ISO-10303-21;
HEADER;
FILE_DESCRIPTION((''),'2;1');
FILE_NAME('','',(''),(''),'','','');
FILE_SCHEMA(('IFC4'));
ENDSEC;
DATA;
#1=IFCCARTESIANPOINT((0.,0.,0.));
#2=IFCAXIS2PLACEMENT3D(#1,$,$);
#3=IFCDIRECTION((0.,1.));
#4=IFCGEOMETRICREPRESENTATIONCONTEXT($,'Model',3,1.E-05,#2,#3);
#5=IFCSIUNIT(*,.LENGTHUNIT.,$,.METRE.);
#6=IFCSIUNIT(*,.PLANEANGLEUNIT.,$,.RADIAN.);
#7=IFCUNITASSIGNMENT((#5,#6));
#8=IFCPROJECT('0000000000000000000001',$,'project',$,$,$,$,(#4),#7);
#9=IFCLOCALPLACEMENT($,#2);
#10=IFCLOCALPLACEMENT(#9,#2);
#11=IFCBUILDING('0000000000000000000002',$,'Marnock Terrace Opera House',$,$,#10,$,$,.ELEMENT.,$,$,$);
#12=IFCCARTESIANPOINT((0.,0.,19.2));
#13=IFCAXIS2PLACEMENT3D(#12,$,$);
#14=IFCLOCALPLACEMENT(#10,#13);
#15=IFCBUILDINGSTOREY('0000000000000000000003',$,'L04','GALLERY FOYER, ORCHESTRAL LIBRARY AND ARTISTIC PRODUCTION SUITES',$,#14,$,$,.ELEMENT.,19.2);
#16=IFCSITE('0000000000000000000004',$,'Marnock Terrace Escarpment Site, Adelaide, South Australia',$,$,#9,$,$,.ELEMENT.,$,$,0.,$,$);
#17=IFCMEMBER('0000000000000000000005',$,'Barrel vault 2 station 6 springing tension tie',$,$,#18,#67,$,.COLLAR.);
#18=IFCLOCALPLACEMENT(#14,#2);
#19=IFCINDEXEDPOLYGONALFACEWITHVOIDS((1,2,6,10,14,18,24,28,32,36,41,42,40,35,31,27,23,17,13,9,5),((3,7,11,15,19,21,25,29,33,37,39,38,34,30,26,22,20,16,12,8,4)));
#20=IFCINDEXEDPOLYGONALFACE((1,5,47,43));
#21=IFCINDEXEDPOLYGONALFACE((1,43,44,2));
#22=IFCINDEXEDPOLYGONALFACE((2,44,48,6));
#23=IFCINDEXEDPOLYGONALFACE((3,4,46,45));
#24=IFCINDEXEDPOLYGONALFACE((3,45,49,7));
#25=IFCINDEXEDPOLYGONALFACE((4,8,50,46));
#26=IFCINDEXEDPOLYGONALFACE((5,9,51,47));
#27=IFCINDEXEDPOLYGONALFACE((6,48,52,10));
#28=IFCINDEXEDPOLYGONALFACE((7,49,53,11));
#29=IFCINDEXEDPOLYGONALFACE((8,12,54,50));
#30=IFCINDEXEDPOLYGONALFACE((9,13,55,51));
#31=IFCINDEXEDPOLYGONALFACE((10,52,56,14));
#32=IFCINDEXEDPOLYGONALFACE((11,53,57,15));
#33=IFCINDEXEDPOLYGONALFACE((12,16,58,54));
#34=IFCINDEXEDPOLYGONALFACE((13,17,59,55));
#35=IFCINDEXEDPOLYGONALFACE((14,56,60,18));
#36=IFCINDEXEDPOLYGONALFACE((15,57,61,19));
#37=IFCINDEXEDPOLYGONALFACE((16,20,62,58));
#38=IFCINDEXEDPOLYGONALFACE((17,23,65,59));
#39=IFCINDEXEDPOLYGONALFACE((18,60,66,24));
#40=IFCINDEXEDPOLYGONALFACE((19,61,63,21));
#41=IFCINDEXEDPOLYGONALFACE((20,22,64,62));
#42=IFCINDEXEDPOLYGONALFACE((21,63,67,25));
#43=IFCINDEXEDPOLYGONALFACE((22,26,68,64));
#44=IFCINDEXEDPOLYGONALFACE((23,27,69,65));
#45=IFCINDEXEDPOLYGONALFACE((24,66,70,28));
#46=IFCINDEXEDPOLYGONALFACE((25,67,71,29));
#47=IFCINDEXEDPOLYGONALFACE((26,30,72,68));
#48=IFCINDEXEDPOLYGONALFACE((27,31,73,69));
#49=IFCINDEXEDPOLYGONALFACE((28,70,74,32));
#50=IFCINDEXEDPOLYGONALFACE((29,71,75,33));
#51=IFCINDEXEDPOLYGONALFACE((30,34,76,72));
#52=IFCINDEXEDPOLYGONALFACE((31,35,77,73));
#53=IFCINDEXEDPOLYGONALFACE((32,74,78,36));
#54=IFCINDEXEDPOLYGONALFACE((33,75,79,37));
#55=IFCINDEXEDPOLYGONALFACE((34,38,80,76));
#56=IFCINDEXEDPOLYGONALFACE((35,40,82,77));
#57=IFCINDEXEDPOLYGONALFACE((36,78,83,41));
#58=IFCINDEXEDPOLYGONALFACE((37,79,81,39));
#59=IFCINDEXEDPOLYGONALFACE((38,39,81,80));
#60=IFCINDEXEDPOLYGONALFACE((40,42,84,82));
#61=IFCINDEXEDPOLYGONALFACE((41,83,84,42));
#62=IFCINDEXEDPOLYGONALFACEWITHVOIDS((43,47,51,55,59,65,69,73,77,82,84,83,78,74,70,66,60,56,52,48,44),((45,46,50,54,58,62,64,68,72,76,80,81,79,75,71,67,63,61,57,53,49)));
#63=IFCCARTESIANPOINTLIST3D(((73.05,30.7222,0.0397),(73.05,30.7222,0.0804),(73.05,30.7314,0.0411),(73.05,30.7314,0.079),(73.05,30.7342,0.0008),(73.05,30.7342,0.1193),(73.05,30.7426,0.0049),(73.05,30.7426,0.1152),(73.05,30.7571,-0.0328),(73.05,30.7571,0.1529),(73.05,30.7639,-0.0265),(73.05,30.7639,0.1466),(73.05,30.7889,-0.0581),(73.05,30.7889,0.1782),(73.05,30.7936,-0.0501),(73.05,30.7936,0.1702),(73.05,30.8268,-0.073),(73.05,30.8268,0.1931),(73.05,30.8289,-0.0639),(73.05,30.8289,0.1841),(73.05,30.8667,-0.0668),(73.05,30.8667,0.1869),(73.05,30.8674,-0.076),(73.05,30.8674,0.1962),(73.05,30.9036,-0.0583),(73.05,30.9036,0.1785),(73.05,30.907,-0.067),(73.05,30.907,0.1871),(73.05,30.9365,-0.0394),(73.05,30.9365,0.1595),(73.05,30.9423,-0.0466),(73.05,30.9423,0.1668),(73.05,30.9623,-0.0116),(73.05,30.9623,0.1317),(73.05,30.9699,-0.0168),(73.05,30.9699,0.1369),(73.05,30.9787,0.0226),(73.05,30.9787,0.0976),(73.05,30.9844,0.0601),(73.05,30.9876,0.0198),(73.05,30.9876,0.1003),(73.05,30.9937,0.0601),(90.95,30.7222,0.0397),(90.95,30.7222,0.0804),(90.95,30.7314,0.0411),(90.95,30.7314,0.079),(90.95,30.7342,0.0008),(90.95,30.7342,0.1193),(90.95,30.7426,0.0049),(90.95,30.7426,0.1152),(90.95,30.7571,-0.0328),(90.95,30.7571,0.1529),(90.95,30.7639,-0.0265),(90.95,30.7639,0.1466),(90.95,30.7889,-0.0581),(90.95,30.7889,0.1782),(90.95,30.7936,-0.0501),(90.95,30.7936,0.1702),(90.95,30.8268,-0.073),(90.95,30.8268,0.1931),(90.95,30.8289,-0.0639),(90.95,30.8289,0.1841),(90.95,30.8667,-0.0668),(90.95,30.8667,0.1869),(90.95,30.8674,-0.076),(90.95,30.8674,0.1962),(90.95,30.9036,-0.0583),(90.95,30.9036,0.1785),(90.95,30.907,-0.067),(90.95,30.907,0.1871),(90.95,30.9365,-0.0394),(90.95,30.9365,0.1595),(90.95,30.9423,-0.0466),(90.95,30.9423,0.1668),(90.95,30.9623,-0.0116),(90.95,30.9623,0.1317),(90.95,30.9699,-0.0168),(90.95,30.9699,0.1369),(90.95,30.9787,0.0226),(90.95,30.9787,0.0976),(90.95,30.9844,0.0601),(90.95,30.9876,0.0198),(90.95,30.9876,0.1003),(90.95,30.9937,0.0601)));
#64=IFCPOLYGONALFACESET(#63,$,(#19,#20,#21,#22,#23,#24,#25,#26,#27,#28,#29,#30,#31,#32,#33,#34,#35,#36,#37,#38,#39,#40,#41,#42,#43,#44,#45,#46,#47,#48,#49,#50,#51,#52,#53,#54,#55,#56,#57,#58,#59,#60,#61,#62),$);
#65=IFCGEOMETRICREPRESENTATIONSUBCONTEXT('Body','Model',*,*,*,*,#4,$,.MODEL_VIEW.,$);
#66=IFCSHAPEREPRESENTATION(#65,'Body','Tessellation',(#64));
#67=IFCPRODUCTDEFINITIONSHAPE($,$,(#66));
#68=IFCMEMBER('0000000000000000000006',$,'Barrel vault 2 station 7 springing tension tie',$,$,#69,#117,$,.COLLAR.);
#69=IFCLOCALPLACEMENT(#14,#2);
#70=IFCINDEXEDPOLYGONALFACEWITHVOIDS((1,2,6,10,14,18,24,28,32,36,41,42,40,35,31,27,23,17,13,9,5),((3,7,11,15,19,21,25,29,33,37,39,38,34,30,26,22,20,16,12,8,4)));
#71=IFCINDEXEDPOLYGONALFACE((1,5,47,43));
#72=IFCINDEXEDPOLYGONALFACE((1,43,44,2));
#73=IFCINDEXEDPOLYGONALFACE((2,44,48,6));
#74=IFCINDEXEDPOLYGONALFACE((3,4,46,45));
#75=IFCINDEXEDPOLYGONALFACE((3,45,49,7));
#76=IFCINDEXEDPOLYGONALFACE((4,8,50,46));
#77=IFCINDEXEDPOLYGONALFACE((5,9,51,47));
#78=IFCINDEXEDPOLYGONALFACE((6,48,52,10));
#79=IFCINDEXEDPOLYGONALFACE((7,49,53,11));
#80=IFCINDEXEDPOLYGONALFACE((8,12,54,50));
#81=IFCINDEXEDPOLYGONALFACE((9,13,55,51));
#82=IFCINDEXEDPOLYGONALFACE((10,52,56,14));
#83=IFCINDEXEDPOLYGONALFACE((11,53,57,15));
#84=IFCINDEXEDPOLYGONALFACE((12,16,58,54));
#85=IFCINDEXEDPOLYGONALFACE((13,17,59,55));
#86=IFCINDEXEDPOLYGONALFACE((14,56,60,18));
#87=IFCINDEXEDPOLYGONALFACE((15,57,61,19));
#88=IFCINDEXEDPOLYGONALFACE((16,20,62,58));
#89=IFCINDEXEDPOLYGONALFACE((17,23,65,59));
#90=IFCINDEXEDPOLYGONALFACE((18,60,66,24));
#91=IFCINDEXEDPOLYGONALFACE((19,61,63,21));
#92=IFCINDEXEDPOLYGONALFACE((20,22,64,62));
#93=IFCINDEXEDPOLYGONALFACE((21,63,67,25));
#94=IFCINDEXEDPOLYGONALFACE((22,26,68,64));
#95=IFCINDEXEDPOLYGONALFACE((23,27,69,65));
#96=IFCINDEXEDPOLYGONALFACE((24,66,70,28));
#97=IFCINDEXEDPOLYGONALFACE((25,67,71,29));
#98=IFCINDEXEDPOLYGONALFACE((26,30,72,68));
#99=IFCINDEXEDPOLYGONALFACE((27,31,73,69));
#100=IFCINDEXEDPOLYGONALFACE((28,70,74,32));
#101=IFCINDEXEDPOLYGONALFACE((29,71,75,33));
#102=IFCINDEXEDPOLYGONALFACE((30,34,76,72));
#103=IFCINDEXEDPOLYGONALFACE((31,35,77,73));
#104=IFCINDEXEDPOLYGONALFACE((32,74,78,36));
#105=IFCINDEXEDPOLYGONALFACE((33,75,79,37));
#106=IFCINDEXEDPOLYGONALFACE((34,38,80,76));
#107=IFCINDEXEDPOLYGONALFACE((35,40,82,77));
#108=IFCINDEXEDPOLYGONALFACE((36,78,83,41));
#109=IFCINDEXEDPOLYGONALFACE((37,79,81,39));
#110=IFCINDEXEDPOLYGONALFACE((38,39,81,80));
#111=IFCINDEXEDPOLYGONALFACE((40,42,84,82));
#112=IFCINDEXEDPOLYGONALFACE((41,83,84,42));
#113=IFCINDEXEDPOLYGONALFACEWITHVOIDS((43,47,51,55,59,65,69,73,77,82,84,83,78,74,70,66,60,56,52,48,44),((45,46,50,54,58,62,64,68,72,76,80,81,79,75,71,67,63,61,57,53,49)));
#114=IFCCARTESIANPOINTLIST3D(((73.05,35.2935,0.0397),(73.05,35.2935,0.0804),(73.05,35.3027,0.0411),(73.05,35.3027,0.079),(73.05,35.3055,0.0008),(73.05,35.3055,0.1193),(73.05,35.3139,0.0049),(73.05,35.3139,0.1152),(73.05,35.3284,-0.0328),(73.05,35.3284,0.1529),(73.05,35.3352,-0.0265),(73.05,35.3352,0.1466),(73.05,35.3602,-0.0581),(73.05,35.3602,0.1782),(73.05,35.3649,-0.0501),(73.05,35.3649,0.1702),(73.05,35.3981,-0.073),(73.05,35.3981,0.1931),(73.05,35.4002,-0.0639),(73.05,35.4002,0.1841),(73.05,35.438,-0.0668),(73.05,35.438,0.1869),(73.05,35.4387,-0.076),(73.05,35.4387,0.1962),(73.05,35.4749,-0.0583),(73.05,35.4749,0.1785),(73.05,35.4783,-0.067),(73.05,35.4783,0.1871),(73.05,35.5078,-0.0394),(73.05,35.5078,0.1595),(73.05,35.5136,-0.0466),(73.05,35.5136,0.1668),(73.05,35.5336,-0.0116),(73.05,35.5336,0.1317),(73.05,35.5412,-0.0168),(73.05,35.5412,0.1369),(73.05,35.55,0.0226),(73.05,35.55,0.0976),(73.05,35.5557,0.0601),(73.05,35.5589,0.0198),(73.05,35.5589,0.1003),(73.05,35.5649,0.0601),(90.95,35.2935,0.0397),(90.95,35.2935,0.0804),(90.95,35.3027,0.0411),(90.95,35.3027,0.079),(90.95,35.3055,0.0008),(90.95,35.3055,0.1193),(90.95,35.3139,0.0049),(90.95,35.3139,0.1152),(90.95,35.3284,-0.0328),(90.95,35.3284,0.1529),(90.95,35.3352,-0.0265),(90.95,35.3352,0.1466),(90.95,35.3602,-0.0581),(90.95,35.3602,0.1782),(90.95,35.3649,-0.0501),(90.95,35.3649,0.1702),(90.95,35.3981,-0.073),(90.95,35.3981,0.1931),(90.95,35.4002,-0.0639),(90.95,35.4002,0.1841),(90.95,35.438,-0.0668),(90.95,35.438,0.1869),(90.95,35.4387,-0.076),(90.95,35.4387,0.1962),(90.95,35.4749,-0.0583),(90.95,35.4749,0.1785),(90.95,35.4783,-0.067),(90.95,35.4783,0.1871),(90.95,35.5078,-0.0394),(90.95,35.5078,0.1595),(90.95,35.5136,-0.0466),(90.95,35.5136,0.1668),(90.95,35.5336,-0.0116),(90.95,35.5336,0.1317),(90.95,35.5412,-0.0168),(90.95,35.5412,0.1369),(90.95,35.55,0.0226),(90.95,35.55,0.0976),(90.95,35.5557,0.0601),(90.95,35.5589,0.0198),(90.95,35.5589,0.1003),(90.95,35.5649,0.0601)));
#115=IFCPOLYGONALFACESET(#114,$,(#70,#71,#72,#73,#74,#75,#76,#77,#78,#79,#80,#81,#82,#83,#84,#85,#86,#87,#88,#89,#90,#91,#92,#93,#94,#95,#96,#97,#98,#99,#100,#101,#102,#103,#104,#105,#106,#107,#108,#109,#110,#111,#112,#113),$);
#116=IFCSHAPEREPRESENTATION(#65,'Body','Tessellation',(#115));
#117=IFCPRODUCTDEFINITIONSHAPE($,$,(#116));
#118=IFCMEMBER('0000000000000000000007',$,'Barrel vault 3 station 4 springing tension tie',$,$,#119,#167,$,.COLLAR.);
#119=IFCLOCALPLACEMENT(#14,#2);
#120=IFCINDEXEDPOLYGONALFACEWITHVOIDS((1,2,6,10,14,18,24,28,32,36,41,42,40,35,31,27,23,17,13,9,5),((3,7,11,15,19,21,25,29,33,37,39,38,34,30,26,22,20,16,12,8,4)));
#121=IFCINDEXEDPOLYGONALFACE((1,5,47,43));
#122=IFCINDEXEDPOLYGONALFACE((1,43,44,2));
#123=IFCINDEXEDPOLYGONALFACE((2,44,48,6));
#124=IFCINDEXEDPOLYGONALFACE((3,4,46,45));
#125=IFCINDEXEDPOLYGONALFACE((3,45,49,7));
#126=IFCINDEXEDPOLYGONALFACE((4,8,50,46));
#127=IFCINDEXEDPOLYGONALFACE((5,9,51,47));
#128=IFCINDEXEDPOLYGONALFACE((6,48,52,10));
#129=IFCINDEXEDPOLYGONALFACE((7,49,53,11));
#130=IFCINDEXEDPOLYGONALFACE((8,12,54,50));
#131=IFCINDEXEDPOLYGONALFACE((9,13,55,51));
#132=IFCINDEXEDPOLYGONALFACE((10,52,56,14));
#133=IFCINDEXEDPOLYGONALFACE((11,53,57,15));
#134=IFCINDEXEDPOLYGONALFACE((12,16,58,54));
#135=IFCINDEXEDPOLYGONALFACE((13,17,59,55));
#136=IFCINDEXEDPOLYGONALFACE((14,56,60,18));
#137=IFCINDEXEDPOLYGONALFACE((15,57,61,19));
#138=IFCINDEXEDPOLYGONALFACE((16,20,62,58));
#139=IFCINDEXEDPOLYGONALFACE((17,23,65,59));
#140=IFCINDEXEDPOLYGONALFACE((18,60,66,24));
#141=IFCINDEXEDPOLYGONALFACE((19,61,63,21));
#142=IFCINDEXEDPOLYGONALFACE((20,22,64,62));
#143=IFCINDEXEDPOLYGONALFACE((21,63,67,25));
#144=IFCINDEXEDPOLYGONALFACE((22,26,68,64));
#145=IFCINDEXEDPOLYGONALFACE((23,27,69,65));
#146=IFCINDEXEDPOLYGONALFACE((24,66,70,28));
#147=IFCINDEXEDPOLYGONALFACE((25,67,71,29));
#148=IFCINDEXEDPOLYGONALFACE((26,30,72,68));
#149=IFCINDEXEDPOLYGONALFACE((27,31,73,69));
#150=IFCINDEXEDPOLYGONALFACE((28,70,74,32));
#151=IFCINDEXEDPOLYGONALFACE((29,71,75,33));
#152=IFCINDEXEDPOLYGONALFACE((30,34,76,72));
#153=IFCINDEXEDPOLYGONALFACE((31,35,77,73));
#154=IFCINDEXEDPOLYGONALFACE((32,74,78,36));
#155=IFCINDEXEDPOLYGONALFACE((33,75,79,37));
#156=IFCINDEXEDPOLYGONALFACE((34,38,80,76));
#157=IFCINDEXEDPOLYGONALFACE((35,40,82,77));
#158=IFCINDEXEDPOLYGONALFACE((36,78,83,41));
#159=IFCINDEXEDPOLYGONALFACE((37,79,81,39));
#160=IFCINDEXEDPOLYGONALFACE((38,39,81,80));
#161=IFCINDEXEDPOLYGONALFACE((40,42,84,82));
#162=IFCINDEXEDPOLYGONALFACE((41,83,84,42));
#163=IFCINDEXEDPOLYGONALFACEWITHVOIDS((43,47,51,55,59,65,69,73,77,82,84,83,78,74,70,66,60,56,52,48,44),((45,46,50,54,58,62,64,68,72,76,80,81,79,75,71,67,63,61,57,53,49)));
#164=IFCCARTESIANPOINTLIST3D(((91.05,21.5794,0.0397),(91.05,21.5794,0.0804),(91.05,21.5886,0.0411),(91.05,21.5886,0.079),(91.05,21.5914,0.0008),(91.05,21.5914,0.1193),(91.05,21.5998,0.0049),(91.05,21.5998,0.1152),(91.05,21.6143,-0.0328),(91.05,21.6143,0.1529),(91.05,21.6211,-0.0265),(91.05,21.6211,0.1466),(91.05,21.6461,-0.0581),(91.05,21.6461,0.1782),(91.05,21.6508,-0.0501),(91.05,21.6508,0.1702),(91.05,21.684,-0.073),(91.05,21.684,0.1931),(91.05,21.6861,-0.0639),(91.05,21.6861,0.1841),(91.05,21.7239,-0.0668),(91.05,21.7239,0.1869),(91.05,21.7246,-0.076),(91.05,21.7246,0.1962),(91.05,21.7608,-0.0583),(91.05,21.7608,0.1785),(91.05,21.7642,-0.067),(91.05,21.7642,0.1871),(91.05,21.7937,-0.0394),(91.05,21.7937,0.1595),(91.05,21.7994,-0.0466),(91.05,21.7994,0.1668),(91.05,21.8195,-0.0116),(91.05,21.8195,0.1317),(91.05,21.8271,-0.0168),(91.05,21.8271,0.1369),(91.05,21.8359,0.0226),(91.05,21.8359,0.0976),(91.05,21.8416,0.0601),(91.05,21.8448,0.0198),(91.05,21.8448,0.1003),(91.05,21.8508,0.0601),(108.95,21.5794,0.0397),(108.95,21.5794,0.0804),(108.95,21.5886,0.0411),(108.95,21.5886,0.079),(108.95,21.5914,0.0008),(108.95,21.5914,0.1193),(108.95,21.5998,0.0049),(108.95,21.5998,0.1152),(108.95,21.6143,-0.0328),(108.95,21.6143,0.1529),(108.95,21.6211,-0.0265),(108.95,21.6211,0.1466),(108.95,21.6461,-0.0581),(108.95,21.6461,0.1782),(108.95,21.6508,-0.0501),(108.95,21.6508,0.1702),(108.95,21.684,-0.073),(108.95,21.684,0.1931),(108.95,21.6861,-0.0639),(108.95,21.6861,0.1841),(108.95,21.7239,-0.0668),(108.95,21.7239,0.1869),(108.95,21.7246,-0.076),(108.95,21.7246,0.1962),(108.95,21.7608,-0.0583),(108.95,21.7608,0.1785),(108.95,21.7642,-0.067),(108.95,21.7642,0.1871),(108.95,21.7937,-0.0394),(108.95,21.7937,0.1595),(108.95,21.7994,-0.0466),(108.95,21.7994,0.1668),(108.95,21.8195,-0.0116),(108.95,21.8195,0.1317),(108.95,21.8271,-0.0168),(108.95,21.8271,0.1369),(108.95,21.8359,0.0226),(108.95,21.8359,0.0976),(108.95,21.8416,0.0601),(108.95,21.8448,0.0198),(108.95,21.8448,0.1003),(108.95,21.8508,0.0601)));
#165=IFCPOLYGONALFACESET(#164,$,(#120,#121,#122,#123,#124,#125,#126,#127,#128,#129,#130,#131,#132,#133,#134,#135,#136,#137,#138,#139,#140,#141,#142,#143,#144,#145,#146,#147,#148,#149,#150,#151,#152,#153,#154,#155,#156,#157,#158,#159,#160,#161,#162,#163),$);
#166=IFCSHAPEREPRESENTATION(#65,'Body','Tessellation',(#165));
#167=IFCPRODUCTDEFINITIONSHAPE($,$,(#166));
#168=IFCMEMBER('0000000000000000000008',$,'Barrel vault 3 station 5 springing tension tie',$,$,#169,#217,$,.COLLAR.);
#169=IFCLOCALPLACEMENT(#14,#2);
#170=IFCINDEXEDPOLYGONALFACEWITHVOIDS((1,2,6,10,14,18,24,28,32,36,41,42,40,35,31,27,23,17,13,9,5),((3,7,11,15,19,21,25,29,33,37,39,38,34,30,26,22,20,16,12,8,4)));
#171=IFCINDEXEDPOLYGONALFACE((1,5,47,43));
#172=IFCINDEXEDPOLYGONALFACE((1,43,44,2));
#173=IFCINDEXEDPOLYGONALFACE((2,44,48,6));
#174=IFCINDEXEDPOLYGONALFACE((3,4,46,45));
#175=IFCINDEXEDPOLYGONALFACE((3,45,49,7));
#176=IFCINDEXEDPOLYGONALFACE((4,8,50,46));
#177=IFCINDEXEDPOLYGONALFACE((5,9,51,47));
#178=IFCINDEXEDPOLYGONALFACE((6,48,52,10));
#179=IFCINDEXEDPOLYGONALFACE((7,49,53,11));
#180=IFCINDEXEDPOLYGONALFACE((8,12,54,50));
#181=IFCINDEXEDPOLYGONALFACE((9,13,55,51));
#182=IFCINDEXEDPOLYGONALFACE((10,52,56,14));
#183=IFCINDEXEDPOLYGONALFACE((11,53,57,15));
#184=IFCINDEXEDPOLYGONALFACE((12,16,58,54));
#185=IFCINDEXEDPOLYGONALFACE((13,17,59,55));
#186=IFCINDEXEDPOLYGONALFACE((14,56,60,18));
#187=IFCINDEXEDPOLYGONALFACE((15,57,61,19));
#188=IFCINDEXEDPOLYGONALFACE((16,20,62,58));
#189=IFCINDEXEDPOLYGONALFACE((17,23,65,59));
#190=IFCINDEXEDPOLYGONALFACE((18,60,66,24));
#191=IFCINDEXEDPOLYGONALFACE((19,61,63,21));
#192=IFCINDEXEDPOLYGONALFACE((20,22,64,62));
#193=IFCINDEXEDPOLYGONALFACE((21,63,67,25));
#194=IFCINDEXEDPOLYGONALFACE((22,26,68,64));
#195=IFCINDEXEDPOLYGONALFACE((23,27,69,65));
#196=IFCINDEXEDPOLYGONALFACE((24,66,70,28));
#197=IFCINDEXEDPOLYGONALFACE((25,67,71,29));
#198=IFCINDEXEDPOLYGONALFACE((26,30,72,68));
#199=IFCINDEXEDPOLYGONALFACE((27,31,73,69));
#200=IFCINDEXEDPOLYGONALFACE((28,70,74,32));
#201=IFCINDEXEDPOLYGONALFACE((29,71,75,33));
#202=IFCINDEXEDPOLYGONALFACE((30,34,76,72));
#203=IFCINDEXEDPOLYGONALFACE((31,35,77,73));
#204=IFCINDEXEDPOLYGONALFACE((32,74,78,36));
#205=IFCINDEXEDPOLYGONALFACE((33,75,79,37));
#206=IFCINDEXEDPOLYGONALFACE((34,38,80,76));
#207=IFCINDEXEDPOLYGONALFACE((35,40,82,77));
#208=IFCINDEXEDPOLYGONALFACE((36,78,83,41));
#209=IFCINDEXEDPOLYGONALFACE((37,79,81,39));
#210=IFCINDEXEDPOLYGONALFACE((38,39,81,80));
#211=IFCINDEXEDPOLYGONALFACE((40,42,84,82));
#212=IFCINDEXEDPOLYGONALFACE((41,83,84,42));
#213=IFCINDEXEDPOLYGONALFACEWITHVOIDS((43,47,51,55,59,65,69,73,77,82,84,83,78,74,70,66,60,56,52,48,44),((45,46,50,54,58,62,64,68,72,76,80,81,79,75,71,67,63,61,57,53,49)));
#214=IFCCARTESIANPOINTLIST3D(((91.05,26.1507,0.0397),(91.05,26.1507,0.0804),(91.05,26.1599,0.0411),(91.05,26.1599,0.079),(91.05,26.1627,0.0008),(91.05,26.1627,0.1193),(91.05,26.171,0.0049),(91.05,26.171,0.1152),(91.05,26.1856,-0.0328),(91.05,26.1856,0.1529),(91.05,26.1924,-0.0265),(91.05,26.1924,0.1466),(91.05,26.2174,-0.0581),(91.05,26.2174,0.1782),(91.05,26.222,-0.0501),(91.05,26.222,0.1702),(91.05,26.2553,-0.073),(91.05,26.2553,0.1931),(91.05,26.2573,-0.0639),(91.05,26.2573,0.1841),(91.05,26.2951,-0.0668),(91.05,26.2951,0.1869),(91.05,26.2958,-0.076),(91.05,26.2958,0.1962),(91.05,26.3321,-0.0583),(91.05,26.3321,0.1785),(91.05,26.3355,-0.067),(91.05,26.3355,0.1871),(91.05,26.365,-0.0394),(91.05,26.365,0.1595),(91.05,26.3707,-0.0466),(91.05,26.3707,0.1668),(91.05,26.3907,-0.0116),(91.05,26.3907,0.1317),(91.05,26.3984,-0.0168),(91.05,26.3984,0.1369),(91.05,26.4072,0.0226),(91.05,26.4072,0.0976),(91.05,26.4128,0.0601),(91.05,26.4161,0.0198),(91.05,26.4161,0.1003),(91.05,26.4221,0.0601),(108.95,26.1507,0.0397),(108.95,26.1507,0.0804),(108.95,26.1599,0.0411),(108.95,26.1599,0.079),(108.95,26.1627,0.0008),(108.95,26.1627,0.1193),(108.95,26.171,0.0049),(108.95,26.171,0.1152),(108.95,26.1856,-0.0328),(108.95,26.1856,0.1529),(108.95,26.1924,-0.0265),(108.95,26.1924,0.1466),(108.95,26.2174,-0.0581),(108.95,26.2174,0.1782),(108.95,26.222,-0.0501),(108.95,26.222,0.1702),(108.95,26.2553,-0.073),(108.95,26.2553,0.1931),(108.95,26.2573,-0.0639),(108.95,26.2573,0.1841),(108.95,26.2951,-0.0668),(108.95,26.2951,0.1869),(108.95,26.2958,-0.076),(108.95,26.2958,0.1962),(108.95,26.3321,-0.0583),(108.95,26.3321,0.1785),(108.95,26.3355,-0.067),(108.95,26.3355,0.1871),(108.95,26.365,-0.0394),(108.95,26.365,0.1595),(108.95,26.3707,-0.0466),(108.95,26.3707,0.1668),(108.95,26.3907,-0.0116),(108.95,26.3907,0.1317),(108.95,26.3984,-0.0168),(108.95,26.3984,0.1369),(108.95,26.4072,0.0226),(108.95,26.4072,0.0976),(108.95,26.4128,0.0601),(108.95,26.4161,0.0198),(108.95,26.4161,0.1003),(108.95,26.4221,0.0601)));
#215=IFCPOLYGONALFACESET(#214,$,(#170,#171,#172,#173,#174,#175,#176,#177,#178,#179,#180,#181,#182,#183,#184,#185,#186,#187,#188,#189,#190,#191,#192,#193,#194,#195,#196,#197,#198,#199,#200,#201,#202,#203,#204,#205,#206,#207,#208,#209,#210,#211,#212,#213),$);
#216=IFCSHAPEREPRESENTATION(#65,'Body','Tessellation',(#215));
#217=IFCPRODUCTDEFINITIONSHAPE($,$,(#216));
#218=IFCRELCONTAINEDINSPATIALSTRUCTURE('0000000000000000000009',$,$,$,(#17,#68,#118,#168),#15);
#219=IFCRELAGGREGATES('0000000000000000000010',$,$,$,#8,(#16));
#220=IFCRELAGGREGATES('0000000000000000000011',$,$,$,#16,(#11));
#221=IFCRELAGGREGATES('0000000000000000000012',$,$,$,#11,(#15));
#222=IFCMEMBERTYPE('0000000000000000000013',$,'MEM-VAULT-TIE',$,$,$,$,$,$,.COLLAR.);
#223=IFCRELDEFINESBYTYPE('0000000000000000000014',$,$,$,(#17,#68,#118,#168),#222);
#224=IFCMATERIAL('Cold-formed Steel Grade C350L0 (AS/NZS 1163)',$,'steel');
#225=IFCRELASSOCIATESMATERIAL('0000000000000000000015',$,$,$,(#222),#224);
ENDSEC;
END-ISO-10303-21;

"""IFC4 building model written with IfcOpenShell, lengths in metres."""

from ifc_helpers import new_model, si_unit, direction, frame, origin, origin_2d, place, context, subcontext, project, spatial, hollow_circle, extrude, material, material_profile, profile_set, type_object, element, save


model = new_model("IFC4")

# Units and contexts
model_context = context("Model", 3, precision=1e-05, world=origin(), true_north=direction((0.0, 1.0)))
body_context = subcontext(model_context, "Body", "Model", "MODEL_VIEW")
ifc_project = project(units=[si_unit("LENGTHUNIT", "METRE"), si_unit("PLANEANGLEUNIT", "RADIAN")], contexts=[model_context])

# Site, building, storey
site_placement = place(None, origin())
site = spatial("IfcSite", under=ifc_project, at=site_placement, Name="Marnock Terrace Escarpment Site, Adelaide, South Australia", CompositionType="ELEMENT", RefElevation=0.0)
building_placement = place(site_placement, origin())
building = spatial("IfcBuilding", under=site, at=building_placement, Name="Marnock Terrace Opera House", CompositionType="ELEMENT")
storey_placement = place(building_placement, frame((0.0, 0.0, 19.2)))
storey = spatial("IfcBuildingStorey", under=building, at=storey_placement, Name="L04", Description="GALLERY FOYER, ORCHESTRAL LIBRARY AND ARTISTIC PRODUCTION SUITES", CompositionType="ELEMENT", Elevation=19.2)

# Members
ifc_material_1 = material(Name="Cold-formed Steel Grade C350L0 (AS/NZS 1163)", Category="steel")
ifc_material_profile_1 = material_profile(ifc_material_1, hollow_circle(Radius=0.1365, WallThickness=0.0093, at=origin_2d()))
ifc_profile_set_1 = profile_set([ifc_material_profile_1], Name="Cold-formed Steel Grade C350L0 (AS/NZS 1163)")
member_type = type_object("IfcMemberType", Name="MEM-VAULT-TIE", PredefinedType="COLLAR", material=ifc_profile_set_1)
for number, where, z_axis, x_axis, name in (
    (1, (73.05, 30.8572, 0.0601), (1.0, 0.0, 0.0), (0.0, 1.0, 0.0), "Barrel vault 2 station 6 springing tension tie"),
    (2, (73.05, 35.4285, 0.0601), (1.0, 0.0, 0.0), (0.0, 1.0, 0.0), "Barrel vault 2 station 7 springing tension tie"),
    (3, (91.05, 21.7144, 0.0601), (1.0, 0.0, 0.0), (0.0, 1.0, 0.0), "Barrel vault 3 station 4 springing tension tie"),
    (4, (91.05, 26.2856, 0.0601), (1.0, 0.0, 0.0), (0.0, 1.0, 0.0), "Barrel vault 3 station 5 springing tension tie"),
):
    element("IfcMember", number, at=place(storey_placement, frame(where, z_axis=z_axis, x_axis=x_axis)), inside=storey, type_object=member_type, Name=name, PredefinedType="COLLAR", context=body_context, shape_type="SweptSolid", body=[
        extrude(hollow_circle(Radius=0.1365, WallThickness=0.0093, at=origin_2d()), origin(), (0.0, 0.0, 1.0), 17.8999),
    ])

save(model, "model.ifc")
